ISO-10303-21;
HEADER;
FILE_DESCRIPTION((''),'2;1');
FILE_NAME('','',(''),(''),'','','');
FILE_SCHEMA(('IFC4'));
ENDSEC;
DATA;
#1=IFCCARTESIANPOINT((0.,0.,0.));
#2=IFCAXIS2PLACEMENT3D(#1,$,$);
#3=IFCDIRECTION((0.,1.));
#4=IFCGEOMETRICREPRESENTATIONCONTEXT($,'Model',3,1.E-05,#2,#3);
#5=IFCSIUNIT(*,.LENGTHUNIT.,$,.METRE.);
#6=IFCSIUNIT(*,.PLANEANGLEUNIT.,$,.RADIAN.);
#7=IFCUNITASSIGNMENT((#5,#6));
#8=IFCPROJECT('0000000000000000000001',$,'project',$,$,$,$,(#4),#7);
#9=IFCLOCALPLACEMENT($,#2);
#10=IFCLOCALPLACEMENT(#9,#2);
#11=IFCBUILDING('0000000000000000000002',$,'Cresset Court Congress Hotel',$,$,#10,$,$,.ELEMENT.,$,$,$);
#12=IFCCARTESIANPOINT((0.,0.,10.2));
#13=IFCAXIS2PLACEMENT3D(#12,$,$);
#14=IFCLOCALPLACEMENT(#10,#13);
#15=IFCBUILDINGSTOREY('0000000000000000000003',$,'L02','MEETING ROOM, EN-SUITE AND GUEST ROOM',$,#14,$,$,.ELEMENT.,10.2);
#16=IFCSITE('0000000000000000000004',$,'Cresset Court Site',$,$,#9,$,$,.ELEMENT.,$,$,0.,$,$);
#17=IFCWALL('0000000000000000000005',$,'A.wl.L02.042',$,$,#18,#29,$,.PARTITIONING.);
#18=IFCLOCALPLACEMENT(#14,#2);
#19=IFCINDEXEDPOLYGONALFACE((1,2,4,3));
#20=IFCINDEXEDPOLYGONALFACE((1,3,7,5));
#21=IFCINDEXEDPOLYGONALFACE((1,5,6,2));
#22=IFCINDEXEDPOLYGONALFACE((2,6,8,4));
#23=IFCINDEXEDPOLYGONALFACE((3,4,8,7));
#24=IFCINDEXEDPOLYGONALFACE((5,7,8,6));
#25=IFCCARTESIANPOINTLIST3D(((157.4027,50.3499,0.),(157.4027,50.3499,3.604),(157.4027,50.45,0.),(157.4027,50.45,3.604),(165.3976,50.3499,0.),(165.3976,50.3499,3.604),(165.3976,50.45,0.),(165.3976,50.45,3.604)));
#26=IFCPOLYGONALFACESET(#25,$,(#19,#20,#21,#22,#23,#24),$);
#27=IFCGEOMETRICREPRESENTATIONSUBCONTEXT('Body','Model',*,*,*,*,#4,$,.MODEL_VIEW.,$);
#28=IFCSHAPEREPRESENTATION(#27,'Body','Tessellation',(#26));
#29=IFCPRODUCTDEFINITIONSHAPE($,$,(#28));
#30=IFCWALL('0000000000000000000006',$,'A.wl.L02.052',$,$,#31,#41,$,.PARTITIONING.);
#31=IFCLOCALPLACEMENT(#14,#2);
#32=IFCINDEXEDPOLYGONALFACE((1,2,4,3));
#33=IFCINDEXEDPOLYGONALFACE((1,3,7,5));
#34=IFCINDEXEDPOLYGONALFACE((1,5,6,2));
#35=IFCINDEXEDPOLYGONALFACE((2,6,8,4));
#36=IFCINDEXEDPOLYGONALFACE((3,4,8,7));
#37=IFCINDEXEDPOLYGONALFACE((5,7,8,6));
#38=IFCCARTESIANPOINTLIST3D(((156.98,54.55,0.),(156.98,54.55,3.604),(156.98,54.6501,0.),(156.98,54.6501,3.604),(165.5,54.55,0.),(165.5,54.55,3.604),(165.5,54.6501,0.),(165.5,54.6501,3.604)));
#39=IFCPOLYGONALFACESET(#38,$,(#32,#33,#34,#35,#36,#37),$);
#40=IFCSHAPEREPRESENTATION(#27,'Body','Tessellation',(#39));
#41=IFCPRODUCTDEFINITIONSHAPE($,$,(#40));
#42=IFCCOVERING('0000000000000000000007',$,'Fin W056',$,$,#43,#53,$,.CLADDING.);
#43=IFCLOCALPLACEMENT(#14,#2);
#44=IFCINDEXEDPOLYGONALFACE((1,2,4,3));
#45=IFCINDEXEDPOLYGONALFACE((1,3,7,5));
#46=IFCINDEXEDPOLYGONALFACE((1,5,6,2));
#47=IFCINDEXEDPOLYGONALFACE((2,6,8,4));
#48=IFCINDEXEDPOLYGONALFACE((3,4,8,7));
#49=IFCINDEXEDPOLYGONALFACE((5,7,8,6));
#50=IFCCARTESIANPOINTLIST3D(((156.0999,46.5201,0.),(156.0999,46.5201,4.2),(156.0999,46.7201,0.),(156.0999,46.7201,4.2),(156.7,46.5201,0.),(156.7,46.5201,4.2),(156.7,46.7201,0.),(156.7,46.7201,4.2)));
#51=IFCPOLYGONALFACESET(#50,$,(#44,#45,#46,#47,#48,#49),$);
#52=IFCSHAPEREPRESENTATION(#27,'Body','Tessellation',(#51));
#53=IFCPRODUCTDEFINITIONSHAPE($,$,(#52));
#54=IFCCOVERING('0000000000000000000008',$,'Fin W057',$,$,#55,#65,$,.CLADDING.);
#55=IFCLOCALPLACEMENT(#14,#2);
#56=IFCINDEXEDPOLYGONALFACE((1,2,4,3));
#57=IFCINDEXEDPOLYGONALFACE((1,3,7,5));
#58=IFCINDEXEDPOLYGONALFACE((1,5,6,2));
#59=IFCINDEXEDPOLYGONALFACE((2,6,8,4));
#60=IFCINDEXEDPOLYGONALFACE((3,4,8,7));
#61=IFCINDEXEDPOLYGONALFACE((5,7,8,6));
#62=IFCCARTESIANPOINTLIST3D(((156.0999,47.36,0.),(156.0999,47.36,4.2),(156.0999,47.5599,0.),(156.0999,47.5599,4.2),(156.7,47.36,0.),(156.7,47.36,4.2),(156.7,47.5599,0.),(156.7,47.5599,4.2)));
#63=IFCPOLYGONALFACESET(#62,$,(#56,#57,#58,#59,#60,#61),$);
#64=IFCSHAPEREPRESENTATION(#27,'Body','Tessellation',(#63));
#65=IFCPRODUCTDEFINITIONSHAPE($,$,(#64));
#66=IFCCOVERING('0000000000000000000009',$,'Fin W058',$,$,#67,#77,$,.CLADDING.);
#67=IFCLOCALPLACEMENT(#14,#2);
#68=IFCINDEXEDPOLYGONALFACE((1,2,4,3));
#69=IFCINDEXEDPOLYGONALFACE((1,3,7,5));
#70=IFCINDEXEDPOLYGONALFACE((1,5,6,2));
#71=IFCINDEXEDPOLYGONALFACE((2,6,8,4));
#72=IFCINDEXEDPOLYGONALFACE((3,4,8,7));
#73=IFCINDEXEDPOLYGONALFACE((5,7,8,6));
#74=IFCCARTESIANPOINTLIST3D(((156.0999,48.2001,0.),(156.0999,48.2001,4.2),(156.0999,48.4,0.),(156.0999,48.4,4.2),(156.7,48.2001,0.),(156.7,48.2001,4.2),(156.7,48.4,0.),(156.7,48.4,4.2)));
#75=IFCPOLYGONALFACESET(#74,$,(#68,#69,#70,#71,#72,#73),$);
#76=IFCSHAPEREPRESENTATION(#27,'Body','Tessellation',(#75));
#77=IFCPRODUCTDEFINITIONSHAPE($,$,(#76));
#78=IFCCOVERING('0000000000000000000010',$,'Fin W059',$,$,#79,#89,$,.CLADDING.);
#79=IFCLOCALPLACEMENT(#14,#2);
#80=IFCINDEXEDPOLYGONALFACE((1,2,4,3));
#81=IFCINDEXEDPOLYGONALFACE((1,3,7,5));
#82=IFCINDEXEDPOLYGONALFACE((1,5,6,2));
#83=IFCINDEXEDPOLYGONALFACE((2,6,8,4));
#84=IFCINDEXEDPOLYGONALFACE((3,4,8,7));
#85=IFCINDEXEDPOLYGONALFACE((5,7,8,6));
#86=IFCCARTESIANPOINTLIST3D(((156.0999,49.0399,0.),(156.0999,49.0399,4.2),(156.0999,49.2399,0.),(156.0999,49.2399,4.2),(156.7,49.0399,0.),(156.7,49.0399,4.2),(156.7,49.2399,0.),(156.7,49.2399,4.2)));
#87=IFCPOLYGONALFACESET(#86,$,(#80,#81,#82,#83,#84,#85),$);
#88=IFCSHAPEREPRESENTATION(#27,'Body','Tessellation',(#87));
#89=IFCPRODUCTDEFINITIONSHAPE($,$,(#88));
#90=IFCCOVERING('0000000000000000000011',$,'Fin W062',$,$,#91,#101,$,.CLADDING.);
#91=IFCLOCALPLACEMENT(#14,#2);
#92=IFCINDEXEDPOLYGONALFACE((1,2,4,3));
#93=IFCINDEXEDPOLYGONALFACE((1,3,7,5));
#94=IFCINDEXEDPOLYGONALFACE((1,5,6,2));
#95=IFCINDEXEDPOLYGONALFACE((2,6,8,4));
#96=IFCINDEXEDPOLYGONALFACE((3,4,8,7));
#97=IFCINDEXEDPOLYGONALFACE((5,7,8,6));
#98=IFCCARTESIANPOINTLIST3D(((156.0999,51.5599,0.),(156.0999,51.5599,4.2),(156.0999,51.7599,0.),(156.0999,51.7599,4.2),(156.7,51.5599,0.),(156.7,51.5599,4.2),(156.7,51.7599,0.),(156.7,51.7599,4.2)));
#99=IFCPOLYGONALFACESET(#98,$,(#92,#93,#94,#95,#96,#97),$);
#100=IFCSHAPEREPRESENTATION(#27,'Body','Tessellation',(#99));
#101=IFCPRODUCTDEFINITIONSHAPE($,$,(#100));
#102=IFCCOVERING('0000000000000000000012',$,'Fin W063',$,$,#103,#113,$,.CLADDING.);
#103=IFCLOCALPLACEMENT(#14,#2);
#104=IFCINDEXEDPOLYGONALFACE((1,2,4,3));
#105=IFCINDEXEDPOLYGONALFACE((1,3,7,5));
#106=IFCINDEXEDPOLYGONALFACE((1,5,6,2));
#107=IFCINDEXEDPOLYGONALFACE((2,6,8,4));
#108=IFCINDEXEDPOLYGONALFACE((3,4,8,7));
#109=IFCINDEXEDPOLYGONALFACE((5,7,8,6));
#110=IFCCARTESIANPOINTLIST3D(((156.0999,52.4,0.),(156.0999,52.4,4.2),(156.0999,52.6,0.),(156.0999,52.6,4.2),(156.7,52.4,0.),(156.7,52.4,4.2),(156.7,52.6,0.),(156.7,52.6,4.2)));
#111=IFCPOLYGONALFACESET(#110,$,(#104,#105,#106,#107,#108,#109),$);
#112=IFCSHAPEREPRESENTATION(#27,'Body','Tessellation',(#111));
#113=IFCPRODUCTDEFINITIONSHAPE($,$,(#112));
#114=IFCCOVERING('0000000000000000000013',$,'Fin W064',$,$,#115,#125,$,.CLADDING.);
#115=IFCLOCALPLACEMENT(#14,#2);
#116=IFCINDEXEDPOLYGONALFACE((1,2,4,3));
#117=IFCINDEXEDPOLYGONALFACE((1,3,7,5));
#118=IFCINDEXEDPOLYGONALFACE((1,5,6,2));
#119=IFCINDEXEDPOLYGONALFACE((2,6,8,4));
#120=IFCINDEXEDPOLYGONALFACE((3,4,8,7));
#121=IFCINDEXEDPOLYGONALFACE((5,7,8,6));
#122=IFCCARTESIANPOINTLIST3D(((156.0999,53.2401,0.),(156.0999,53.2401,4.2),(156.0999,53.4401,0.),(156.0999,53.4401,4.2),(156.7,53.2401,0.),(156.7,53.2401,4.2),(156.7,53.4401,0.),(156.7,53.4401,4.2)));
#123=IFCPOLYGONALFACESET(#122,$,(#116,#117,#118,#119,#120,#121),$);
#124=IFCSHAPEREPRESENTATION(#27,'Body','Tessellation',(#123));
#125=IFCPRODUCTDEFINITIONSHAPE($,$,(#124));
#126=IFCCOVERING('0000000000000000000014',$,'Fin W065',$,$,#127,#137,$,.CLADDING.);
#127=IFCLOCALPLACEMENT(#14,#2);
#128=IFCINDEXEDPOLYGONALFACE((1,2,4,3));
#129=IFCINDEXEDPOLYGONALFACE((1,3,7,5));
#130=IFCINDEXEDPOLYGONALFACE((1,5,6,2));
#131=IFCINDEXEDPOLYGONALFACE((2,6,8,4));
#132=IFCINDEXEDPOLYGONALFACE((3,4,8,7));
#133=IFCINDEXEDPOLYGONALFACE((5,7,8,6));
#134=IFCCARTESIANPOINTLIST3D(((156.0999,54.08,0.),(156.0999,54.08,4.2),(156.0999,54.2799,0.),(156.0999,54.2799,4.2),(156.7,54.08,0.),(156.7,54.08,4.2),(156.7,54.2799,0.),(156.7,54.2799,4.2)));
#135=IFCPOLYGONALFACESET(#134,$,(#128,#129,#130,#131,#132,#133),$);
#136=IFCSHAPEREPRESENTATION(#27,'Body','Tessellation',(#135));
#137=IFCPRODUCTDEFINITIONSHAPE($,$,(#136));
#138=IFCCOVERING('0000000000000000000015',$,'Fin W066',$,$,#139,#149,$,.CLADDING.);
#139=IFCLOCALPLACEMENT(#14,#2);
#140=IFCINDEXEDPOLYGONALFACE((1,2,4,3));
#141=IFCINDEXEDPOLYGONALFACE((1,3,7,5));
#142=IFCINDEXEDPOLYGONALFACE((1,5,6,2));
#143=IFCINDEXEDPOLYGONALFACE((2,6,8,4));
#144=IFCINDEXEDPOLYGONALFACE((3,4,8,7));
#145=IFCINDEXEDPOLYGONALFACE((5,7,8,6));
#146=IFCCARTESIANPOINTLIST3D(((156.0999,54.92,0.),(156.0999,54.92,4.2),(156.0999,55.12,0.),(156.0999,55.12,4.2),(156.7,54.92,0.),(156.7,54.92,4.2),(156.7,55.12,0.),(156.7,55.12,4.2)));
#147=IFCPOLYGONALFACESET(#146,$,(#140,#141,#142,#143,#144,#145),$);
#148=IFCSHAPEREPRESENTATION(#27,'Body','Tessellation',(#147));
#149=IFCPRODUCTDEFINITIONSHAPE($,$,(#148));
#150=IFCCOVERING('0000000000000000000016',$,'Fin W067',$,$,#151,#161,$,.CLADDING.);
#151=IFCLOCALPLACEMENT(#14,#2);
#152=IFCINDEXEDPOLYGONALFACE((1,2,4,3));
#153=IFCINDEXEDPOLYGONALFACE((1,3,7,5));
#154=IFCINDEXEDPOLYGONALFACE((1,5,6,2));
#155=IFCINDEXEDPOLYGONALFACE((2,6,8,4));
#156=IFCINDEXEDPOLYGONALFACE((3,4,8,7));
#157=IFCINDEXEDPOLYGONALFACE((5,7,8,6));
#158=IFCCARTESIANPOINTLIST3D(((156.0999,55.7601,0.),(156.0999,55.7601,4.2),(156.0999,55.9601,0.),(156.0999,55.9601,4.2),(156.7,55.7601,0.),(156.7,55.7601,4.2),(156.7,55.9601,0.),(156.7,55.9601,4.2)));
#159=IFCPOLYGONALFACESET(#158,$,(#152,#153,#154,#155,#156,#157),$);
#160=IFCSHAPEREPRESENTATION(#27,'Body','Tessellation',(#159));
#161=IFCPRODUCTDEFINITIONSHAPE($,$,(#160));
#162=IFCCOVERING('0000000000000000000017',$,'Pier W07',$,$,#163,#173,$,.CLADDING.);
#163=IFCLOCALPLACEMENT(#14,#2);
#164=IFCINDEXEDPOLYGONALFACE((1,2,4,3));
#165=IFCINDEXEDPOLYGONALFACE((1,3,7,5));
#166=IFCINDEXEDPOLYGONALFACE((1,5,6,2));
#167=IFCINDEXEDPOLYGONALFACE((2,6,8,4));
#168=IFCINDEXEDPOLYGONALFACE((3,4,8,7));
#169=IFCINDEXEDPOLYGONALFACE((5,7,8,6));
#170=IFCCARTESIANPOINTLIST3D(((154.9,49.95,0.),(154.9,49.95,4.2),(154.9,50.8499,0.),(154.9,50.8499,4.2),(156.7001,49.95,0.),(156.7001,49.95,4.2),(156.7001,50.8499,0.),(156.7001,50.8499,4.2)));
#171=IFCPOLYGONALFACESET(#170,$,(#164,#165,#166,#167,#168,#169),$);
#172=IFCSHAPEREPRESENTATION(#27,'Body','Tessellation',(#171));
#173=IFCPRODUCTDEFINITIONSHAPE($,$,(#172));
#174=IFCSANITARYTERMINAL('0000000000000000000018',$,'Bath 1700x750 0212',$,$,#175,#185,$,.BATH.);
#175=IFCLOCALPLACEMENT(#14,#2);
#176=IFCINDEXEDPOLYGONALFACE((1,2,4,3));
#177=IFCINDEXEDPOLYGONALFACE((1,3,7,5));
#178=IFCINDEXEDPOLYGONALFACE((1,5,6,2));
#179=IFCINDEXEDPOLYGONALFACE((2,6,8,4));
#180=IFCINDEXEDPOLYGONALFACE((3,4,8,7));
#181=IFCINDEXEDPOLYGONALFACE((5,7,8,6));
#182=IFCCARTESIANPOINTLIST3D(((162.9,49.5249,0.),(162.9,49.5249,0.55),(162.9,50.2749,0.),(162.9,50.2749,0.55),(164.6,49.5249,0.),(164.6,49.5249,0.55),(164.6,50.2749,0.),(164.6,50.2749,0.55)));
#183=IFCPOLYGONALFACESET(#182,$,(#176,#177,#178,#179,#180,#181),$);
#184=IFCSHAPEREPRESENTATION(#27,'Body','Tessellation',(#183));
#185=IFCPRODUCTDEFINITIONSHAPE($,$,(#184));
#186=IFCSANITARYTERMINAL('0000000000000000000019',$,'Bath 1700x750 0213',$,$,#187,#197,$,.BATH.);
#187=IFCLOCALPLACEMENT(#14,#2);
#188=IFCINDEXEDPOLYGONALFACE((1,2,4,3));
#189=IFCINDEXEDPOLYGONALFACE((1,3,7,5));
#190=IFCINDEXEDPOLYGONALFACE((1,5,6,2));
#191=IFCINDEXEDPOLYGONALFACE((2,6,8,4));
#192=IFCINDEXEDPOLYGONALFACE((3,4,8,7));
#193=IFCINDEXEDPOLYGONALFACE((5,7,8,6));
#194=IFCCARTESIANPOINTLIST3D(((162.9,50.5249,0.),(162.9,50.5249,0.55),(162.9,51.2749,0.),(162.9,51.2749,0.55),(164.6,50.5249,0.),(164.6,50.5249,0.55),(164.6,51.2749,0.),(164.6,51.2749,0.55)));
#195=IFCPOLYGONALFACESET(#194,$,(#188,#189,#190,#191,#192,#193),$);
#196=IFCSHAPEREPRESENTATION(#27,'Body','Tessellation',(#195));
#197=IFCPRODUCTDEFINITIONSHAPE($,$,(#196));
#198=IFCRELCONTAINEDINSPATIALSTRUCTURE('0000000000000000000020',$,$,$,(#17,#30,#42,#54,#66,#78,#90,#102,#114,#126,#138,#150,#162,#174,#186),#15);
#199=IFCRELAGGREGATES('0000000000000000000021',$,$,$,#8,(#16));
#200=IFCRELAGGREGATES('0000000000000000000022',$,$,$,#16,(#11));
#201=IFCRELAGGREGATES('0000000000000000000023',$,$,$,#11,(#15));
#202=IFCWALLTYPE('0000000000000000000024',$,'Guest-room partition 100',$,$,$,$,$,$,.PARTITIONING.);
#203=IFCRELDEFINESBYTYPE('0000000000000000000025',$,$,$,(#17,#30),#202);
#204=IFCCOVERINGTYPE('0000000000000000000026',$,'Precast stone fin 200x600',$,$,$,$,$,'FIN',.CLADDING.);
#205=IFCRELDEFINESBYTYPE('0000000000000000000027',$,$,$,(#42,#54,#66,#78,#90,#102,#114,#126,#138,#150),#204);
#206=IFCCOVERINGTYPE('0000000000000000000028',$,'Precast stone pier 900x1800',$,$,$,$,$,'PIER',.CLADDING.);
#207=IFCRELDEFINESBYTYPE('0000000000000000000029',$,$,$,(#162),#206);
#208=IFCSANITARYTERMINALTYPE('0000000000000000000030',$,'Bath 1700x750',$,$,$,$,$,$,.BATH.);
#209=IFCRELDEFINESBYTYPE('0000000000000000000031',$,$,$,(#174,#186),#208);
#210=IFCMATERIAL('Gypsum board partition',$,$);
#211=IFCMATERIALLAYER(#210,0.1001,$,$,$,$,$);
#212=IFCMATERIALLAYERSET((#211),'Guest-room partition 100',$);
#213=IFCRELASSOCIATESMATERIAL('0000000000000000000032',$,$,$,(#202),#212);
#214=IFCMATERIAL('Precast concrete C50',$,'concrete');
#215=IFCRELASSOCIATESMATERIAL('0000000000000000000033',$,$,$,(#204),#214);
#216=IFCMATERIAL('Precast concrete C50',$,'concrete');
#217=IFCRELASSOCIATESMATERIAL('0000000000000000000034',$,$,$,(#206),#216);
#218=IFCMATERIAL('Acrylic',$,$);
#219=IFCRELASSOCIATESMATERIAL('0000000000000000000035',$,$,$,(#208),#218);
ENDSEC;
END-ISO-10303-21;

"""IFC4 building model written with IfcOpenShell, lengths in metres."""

from ifc_helpers import new_model, si_unit, direction, frame, frame_2d, origin, origin_2d, place, context, subcontext, project, spatial, rectangle, extrude, material, layer, layer_set, type_object, element, save


model = new_model("IFC4")

# Units and contexts
model_context = context("Model", 3, precision=1e-05, world=origin(), true_north=direction((0.0, 1.0)))
body_context = subcontext(model_context, "Body", "Model", "MODEL_VIEW")
ifc_project = project(units=[si_unit("LENGTHUNIT", "METRE"), si_unit("PLANEANGLEUNIT", "RADIAN")], contexts=[model_context])

# Site, building, storey
site_placement = place(None, origin())
site = spatial("IfcSite", under=ifc_project, at=site_placement, Name="Cresset Court Site", CompositionType="ELEMENT", RefElevation=0.0)
building_placement = place(site_placement, origin())
building = spatial("IfcBuilding", under=site, at=building_placement, Name="Cresset Court Congress Hotel", CompositionType="ELEMENT")
storey_placement = place(building_placement, frame((0.0, 0.0, 10.2)))
storey = spatial("IfcBuildingStorey", under=building, at=storey_placement, Name="L02", Description="MEETING ROOM, EN-SUITE AND GUEST ROOM", CompositionType="ELEMENT", Elevation=10.2)

# Walls
ifc_material_1 = material(Name="Gypsum board partition")
ifc_layer_1 = layer(ifc_material_1, 0.1001)
ifc_layer_set_1 = layer_set([ifc_layer_1], Name="Guest-room partition 100")
wall_type_1 = type_object("IfcWallType", Name="Guest-room partition 100", PredefinedType="PARTITIONING", material=ifc_layer_set_1)
wall_1_placement = place(storey_placement, frame((157.4026, 50.3999, 0.0), z_axis=(0.0, 0.0, 1.0), x_axis=(1.0, 0.0, 0.0)))
element("IfcWall", 1, at=wall_1_placement, inside=storey, type_object=wall_type_1, Name="A.wl.L02.042", PredefinedType="PARTITIONING", context=body_context, shape_type="SweptSolid", body=[
    extrude(rectangle(XDim=7.9949, YDim=0.1001, at=frame_2d((3.9976, 0.0))), origin(), (0.0, 0.0, 1.0), 3.604),
])
wall_2_placement = place(storey_placement, frame((156.98, 54.6001, 0.0), z_axis=(0.0, 0.0, 1.0), x_axis=(1.0, 0.0, 0.0)))
element("IfcWall", 2, at=wall_2_placement, inside=storey, type_object=wall_type_1, Name="A.wl.L02.052", PredefinedType="PARTITIONING", context=body_context, shape_type="SweptSolid", body=[
    extrude(rectangle(XDim=8.52, YDim=0.1001, at=frame_2d((4.26, 0.0))), origin(), (0.0, 0.0, 1.0), 3.604),
])

# Coverings
ifc_material_2 = material(Name="Precast concrete C50", Category="concrete")
covering_type_1 = type_object("IfcCoveringType", Name="Precast stone fin 200x600", ElementType="FIN", PredefinedType="CLADDING", material=ifc_material_2)
for number, where, z_axis, x_axis, name in (
    (3, (156.3999, 46.6201, 0.0), (0.0, 0.0, 1.0), (1.0, 0.0, 0.0), "Fin W056"),
    (4, (156.3999, 47.46, 0.0), (0.0, 0.0, 1.0), (1.0, 0.0, 0.0), "Fin W057"),
    (5, (156.3999, 48.3, 0.0), (0.0, 0.0, 1.0), (1.0, 0.0, 0.0), "Fin W058"),
    (6, (156.3999, 49.1399, 0.0), (0.0, 0.0, 1.0), (1.0, 0.0, 0.0), "Fin W059"),
    (7, (156.3999, 51.6599, 0.0), (0.0, 0.0, 1.0), (1.0, 0.0, 0.0), "Fin W062"),
    (8, (156.3999, 52.5, 0.0), (0.0, 0.0, 1.0), (1.0, 0.0, 0.0), "Fin W063"),
    (9, (156.3999, 53.3401, 0.0), (0.0, 0.0, 1.0), (1.0, 0.0, 0.0), "Fin W064"),
    (10, (156.3999, 54.1799, 0.0), (0.0, 0.0, 1.0), (1.0, 0.0, 0.0), "Fin W065"),
    (11, (156.3999, 55.02, 0.0), (0.0, 0.0, 1.0), (1.0, 0.0, 0.0), "Fin W066"),
    (12, (156.3999, 55.8601, 0.0), (0.0, 0.0, 1.0), (1.0, 0.0, 0.0), "Fin W067"),
):
    element("IfcCovering", number, at=place(storey_placement, frame(where, z_axis=z_axis, x_axis=x_axis)), inside=storey, type_object=covering_type_1, Name=name, PredefinedType="CLADDING", context=body_context, shape_type="SweptSolid", body=[
        extrude(rectangle(XDim=0.6001, YDim=0.2, at=origin_2d()), origin(), (0.0, 0.0, 1.0), 4.2),
    ])
ifc_material_3 = material(Name="Precast concrete C50", Category="concrete")
covering_type_2 = type_object("IfcCoveringType", Name="Precast stone pier 900x1800", ElementType="PIER", PredefinedType="CLADDING", material=ifc_material_3)
covering_placement = place(storey_placement, frame((155.8, 50.3999, 0.0), z_axis=(0.0, 0.0, 1.0), x_axis=(1.0, 0.0, 0.0)))
element("IfcCovering", 13, at=covering_placement, inside=storey, type_object=covering_type_2, Name="Pier W07", PredefinedType="CLADDING", context=body_context, shape_type="SweptSolid", body=[
    extrude(rectangle(XDim=1.8, YDim=0.8999, at=origin_2d()), origin(), (0.0, 0.0, 1.0), 4.2),
])

# Sanitary terminals
ifc_material_4 = material(Name="Acrylic")
sanitary_terminal_type = type_object("IfcSanitaryTerminalType", Name="Bath 1700x750", PredefinedType="BATH", material=ifc_material_4)
for number, where, z_axis, x_axis, name in (
    (14, (163.75, 49.8999, 0.0), (0.0, 0.0, 1.0), (1.0, 0.0, 0.0), "Bath 1700x750 0212"),
    (15, (163.75, 50.8999, 0.0), (0.0, 0.0, 1.0), (1.0, 0.0, 0.0), "Bath 1700x750 0213"),
):
    element("IfcSanitaryTerminal", number, at=place(storey_placement, frame(where, z_axis=z_axis, x_axis=x_axis)), inside=storey, type_object=sanitary_terminal_type, Name=name, PredefinedType="BATH", context=body_context, shape_type="SweptSolid", body=[
        extrude(rectangle(XDim=1.7, YDim=0.75, at=origin_2d()), origin(), (0.0, 0.0, 1.0), 0.55),
    ])

save(model, "model.ifc")
